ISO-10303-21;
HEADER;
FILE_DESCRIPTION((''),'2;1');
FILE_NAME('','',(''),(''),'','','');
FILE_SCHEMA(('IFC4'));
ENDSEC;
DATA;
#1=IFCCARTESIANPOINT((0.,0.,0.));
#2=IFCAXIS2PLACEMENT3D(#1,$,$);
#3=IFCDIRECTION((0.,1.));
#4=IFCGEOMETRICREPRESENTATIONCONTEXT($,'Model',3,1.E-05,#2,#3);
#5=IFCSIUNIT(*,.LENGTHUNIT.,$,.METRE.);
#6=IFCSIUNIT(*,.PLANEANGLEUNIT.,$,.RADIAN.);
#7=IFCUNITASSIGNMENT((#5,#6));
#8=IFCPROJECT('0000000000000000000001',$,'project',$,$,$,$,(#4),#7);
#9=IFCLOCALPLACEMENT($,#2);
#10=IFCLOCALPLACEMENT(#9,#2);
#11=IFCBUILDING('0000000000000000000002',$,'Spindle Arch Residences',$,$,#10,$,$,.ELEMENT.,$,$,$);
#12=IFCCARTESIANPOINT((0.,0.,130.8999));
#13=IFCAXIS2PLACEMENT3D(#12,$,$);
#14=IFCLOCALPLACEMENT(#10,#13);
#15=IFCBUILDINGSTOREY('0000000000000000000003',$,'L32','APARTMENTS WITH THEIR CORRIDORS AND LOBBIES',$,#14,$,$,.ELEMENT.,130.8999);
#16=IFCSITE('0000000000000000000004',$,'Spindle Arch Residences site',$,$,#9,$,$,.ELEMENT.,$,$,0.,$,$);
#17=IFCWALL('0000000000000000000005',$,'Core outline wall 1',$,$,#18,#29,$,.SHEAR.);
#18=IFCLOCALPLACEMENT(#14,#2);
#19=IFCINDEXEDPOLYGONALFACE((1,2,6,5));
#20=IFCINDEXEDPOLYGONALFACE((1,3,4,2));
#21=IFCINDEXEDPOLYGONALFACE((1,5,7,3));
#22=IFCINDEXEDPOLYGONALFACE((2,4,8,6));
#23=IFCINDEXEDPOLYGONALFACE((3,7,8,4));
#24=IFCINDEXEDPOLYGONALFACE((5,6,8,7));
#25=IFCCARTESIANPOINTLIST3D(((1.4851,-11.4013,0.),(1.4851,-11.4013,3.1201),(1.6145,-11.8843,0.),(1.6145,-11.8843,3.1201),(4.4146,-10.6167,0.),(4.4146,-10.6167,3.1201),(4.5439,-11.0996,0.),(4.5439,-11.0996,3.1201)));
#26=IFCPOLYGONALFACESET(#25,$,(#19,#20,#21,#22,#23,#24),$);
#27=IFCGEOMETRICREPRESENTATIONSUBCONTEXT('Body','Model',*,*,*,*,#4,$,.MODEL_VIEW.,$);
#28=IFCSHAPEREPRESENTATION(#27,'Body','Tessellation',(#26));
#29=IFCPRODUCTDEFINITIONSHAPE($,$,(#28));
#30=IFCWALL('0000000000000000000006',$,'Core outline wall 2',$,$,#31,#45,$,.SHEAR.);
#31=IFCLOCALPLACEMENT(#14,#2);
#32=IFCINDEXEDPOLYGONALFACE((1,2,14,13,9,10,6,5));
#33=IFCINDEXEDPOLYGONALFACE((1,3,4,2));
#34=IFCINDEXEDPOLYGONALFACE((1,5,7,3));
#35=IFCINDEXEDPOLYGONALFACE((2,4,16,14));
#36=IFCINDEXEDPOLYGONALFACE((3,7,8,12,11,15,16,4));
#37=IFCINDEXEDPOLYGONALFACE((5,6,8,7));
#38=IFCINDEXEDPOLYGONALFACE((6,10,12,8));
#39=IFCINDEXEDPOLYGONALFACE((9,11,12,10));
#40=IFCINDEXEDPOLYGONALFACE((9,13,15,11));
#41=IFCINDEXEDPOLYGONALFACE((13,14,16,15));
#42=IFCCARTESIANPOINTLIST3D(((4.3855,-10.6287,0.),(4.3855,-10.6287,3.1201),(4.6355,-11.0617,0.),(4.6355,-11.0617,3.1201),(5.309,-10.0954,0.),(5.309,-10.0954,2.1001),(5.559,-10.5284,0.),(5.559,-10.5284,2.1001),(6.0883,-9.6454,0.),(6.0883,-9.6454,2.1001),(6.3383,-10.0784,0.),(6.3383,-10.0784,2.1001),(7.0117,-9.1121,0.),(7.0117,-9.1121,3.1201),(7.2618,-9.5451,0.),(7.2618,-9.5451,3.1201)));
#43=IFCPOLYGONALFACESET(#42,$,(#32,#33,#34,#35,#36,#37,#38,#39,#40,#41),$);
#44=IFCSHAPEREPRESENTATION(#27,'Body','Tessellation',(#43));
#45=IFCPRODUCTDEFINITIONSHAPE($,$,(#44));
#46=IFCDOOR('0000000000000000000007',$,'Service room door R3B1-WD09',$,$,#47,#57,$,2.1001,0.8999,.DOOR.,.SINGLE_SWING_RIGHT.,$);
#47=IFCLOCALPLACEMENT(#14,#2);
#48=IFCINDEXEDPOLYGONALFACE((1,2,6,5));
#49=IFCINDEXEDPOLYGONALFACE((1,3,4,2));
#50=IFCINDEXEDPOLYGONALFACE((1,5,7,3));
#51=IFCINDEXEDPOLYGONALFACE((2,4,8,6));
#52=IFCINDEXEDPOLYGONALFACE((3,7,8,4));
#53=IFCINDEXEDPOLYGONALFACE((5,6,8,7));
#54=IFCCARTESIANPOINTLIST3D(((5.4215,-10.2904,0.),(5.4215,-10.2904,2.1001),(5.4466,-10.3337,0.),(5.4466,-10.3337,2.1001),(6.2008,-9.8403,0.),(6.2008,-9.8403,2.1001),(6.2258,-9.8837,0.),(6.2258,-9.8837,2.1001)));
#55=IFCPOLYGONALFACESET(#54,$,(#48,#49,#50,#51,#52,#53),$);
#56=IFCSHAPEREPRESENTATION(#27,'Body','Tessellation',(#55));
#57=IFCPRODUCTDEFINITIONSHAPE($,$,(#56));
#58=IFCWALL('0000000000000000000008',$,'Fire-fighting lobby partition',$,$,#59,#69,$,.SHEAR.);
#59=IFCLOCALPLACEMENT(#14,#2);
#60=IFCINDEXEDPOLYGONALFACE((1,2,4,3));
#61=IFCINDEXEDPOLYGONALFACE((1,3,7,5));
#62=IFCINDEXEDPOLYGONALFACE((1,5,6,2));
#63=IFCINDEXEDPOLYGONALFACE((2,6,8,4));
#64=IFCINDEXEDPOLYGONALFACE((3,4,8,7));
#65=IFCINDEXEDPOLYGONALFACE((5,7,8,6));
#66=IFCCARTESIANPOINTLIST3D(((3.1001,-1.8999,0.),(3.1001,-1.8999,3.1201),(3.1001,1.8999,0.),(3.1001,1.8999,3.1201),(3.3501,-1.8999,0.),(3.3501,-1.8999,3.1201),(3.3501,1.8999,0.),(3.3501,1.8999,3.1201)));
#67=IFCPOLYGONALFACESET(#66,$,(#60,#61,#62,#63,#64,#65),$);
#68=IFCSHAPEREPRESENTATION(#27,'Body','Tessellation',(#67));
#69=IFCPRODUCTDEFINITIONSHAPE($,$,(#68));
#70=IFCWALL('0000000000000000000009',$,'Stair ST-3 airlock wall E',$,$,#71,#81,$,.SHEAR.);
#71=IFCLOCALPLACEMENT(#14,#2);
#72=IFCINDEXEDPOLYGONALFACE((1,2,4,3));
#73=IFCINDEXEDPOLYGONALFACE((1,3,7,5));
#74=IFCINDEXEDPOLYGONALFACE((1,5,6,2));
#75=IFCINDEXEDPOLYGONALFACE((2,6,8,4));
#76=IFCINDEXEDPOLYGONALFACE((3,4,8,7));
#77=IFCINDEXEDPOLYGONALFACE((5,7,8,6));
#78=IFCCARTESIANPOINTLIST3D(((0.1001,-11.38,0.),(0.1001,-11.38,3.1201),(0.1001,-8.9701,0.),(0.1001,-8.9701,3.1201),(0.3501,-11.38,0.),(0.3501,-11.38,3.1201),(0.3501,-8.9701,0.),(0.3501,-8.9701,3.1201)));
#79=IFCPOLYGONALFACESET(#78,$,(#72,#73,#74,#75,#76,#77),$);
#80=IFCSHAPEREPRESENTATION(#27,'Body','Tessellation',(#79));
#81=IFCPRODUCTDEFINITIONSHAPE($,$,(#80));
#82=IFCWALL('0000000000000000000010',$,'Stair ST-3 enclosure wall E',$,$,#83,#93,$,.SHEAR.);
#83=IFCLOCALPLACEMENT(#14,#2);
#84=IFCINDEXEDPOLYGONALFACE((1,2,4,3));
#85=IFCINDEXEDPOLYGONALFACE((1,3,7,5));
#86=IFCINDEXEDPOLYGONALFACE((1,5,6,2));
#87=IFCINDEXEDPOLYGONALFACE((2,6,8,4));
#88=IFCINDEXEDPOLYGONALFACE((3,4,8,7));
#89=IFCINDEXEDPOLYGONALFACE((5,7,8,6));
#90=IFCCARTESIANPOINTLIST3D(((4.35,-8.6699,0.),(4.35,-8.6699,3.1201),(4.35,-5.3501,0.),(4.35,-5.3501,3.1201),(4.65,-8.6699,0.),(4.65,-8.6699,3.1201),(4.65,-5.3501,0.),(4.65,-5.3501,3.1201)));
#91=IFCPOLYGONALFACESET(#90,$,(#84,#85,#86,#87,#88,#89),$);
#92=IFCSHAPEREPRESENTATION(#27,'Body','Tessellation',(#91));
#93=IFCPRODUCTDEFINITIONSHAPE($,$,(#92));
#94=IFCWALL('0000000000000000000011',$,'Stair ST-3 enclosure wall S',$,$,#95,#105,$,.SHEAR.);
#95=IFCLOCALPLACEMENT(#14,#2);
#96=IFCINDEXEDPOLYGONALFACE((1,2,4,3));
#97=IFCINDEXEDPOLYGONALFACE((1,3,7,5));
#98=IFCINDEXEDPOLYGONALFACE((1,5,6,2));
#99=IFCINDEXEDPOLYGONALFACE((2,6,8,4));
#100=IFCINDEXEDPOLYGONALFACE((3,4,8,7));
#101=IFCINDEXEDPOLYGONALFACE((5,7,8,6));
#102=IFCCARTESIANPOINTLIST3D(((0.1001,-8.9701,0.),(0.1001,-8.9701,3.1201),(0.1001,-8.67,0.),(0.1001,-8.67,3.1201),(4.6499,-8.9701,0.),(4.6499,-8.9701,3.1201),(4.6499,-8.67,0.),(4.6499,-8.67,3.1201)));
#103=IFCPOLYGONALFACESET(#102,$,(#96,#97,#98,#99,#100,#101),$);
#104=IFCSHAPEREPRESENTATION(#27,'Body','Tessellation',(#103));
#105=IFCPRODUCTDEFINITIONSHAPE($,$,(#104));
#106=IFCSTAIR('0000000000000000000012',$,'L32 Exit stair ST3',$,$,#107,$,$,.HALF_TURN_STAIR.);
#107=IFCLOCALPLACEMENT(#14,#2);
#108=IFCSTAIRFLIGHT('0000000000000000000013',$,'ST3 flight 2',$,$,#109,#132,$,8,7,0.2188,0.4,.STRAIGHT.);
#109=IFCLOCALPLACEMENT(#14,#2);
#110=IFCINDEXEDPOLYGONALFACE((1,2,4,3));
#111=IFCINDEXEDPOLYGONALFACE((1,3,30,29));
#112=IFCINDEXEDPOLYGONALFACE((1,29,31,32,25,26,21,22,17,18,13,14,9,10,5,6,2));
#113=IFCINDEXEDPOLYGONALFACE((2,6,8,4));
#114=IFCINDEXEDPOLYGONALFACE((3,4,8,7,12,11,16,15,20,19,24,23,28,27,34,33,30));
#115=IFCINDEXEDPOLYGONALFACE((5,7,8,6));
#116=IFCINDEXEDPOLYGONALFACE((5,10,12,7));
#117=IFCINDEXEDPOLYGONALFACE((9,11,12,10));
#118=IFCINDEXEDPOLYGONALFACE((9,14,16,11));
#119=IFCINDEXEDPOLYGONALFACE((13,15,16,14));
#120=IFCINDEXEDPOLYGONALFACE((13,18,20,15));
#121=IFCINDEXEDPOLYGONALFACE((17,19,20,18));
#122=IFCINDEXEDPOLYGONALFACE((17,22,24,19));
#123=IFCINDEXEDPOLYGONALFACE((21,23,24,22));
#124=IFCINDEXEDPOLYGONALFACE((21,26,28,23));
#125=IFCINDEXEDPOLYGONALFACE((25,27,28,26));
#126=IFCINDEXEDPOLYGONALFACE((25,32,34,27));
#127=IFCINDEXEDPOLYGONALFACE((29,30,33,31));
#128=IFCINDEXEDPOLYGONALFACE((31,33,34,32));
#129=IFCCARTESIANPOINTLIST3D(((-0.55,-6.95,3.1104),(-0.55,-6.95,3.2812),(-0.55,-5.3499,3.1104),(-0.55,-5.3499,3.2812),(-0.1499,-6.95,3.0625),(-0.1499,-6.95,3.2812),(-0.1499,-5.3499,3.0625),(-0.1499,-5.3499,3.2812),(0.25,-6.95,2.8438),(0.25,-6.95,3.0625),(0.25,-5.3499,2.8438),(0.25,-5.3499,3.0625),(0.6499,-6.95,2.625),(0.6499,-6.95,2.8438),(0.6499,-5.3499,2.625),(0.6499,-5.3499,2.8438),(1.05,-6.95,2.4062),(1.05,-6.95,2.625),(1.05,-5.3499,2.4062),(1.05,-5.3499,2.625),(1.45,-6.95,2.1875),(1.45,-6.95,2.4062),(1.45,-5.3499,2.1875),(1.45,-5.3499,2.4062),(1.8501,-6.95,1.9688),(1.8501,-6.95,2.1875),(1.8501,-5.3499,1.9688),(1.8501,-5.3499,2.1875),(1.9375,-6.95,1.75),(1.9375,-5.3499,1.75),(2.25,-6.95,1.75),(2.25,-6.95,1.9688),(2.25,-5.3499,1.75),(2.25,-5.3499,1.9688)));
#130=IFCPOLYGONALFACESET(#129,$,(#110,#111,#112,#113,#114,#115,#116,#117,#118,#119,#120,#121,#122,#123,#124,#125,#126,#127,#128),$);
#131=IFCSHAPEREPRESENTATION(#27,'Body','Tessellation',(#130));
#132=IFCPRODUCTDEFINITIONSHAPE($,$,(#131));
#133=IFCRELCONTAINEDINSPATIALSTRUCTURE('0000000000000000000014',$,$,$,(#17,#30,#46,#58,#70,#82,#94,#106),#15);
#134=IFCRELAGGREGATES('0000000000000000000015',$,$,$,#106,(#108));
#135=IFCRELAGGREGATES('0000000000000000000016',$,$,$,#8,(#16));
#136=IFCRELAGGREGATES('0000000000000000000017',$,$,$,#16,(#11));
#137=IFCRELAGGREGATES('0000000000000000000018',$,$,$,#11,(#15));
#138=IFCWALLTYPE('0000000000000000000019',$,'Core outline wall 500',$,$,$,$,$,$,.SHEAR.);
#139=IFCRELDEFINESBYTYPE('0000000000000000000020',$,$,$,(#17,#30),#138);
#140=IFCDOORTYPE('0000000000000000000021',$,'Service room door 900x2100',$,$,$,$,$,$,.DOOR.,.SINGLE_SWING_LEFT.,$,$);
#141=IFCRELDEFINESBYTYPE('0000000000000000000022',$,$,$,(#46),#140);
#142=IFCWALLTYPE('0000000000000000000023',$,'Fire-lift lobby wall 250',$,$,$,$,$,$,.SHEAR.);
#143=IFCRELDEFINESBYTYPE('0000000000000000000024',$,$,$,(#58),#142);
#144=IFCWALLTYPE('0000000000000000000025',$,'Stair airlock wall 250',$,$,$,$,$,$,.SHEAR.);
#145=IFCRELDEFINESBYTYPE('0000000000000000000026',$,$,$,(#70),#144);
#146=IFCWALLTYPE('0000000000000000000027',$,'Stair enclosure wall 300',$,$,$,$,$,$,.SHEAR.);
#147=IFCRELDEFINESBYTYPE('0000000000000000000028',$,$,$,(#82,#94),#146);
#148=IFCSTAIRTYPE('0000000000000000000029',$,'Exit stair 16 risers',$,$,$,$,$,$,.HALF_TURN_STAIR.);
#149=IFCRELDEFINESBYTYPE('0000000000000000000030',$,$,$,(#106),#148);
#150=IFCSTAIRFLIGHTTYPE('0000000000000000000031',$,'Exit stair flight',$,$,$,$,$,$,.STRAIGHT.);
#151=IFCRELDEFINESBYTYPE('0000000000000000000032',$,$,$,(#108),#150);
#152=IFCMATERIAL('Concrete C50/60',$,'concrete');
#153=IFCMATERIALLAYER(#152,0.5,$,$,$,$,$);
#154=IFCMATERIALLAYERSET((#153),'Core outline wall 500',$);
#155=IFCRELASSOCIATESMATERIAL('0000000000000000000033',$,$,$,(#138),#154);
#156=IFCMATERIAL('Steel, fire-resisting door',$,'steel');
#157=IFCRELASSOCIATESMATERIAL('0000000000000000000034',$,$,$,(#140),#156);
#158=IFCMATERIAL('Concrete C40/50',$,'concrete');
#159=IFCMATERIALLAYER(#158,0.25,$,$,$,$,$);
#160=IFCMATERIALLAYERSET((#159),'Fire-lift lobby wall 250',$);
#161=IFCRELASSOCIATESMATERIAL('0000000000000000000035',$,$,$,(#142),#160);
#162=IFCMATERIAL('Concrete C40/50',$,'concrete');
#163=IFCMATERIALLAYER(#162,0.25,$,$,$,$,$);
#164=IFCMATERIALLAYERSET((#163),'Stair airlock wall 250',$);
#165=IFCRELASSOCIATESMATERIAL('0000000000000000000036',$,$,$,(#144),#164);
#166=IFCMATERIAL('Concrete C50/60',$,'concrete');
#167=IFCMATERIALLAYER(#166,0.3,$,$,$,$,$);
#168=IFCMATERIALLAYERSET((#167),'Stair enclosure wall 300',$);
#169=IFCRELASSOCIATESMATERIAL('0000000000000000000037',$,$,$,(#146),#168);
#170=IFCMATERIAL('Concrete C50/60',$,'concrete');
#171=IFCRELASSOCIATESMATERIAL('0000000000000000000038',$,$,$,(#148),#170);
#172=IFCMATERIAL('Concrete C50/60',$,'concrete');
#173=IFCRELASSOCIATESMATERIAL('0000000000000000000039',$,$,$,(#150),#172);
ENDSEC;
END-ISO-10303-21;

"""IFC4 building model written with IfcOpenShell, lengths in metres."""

from ifc_helpers import new_model, si_unit, direction, frame, frame_2d, origin, place, context, subcontext, project, spatial, polyline, rectangle, outline, extrude, material, layer, layer_set, type_object, element, fill, aggregate, save


model = new_model("IFC4")

# Units and contexts
model_context = context("Model", 3, precision=1e-05, world=origin(), true_north=direction((0.0, 1.0)))
body_context = subcontext(model_context, "Body", "Model", "MODEL_VIEW")
ifc_project = project(units=[si_unit("LENGTHUNIT", "METRE"), si_unit("PLANEANGLEUNIT", "RADIAN")], contexts=[model_context])

# Site, building, storey
site_placement = place(None, origin())
site = spatial("IfcSite", under=ifc_project, at=site_placement, Name="Spindle Arch Residences site", CompositionType="ELEMENT", RefElevation=0.0)
building_placement = place(site_placement, origin())
building = spatial("IfcBuilding", under=site, at=building_placement, Name="Spindle Arch Residences", CompositionType="ELEMENT")
storey_placement = place(building_placement, frame((0.0, 0.0, 130.8999)))
storey = spatial("IfcBuildingStorey", under=building, at=storey_placement, Name="L32", Description="APARTMENTS WITH THEIR CORRIDORS AND LOBBIES", CompositionType="ELEMENT", Elevation=130.8999)

# Wall
ifc_material_1 = material(Name="Concrete C50/60", Category="concrete")
ifc_layer_1 = layer(ifc_material_1, 0.5)
ifc_layer_set_1 = layer_set([ifc_layer_1], Name="Core outline wall 500")
wall_type_1 = type_object("IfcWallType", Name="Core outline wall 500", PredefinedType="SHEAR", material=ifc_layer_set_1)
wall_1_placement = place(storey_placement, frame((1.5498, -11.6428, 0.0), z_axis=(0.0, 0.0, 1.0), x_axis=(0.965948, 0.258735, 0.0)))
element("IfcWall", 1, at=wall_1_placement, inside=storey, type_object=wall_type_1, Name="Core outline wall 1", PredefinedType="SHEAR", context=body_context, shape_type="SweptSolid", body=[
    extrude(rectangle(XDim=3.0327, YDim=0.5, at=frame_2d((1.5164, 0.0))), origin(), (0.0, 0.0, 1.0), 3.1201),
])

# Wall, opening, door
wall_2_placement = place(storey_placement, frame((4.5105, -10.8452, 0.0), z_axis=(0.0, 0.0, 1.0), x_axis=(0.865975, 0.500087, 0.0)))
wall_2 = element("IfcWall", 2, at=wall_2_placement, inside=storey, type_object=wall_type_1, Name="Core outline wall 2", PredefinedType="SHEAR", context=body_context, shape_type="SweptSolid", body=[
    extrude(rectangle(XDim=3.0327, YDim=0.5, at=frame_2d((1.5164, 0.0))), origin(), (0.0, 0.0, 1.0), 3.1201),
])
opening_1_placement = place(wall_2_placement, frame((1.0664, 0.0, 0.0)))
opening_1 = element("IfcOpeningElement", 3, at=opening_1_placement, cuts=wall_2, PredefinedType="OPENING", context=body_context, shape_type="SweptSolid", body=[
    extrude(rectangle(XDim=0.8999, YDim=2.1001, at=frame_2d((0.45, 1.05))), frame((0.0, 0.26, 0.0), z_axis=(0.0, -1.0, 0.0), x_axis=(1.0, 0.0, 0.0)), (0.0, 0.0, 1.0), 0.52),
])
ifc_material_2 = material(Name="Steel, fire-resisting door", Category="steel")
door_type_1 = type_object("IfcDoorType", Name="Service room door 900x2100", OperationType="SINGLE_SWING_LEFT", PredefinedType="DOOR", material=ifc_material_2)
door_1_placement = place(opening_1_placement, origin())
door_1 = element("IfcDoor", 4, at=door_1_placement, inside=storey, type_object=door_type_1, Name="Service room door R3B1-WD09", OperationType="SINGLE_SWING_RIGHT", OverallHeight=2.1001, OverallWidth=0.8999, PredefinedType="DOOR", context=body_context, shape_type="SweptSolid", body=[
    extrude(rectangle(XDim=0.8999, YDim=2.1001, at=frame_2d((0.45, 1.05))), frame((0.0, 0.0249, 0.0), z_axis=(0.0, -1.0, 0.0), x_axis=(1.0, 0.0, 0.0)), (0.0, 0.0, 1.0), 0.05),
])
fill(opening_1, door_1)

# Wall
ifc_material_3 = material(Name="Concrete C40/50", Category="concrete")
ifc_layer_2 = layer(ifc_material_3, 0.25)
ifc_layer_set_2 = layer_set([ifc_layer_2], Name="Fire-lift lobby wall 250")
wall_type_2 = type_object("IfcWallType", Name="Fire-lift lobby wall 250", PredefinedType="SHEAR", material=ifc_layer_set_2)
wall_3_placement = place(storey_placement, frame((3.2251, -1.8999, 0.0), z_axis=(0.0, 0.0, 1.0), x_axis=(0.0, 1.0, 0.0)))
element("IfcWall", 5, at=wall_3_placement, inside=storey, type_object=wall_type_2, Name="Fire-fighting lobby partition", PredefinedType="SHEAR", context=body_context, shape_type="SweptSolid", body=[
    extrude(rectangle(XDim=3.7998, YDim=0.25, at=frame_2d((1.8999, 0.0))), origin(), (0.0, 0.0, 1.0), 3.1201),
])

# Walls
ifc_material_4 = material(Name="Concrete C40/50", Category="concrete")
ifc_layer_3 = layer(ifc_material_4, 0.25)
ifc_layer_set_3 = layer_set([ifc_layer_3], Name="Stair airlock wall 250")
wall_type_3 = type_object("IfcWallType", Name="Stair airlock wall 250", PredefinedType="SHEAR", material=ifc_layer_set_3)
wall_4_placement = place(storey_placement, frame((0.2251, -8.97, 0.0), z_axis=(0.0, 0.0, 1.0), x_axis=(0.0, -1.0, 0.0)))
element("IfcWall", 6, at=wall_4_placement, inside=storey, type_object=wall_type_3, Name="Stair ST-3 airlock wall E", PredefinedType="SHEAR", context=body_context, shape_type="SweptSolid", body=[
    extrude(rectangle(XDim=2.4099, YDim=0.25, at=frame_2d((1.2051, 0.0))), origin(), (0.0, 0.0, 1.0), 3.1201),
])
ifc_material_5 = material(Name="Concrete C50/60", Category="concrete")
ifc_layer_4 = layer(ifc_material_5, 0.3)
ifc_layer_set_4 = layer_set([ifc_layer_4], Name="Stair enclosure wall 300")
wall_type_4 = type_object("IfcWallType", Name="Stair enclosure wall 300", PredefinedType="SHEAR", material=ifc_layer_set_4)
wall_5_placement = place(storey_placement, frame((4.5, -8.6699, 0.0), z_axis=(0.0, 0.0, 1.0), x_axis=(0.0, 1.0, 0.0)))
element("IfcWall", 7, at=wall_5_placement, inside=storey, type_object=wall_type_4, Name="Stair ST-3 enclosure wall E", PredefinedType="SHEAR", context=body_context, shape_type="SweptSolid", body=[
    extrude(rectangle(XDim=3.3198, YDim=0.3, at=frame_2d((1.6599, 0.0))), origin(), (0.0, 0.0, 1.0), 3.1201),
])
wall_6_placement = place(storey_placement, frame((0.1001, -8.8201, 0.0), z_axis=(0.0, 0.0, 1.0), x_axis=(1.0, 0.0, 0.0)))
element("IfcWall", 8, at=wall_6_placement, inside=storey, type_object=wall_type_4, Name="Stair ST-3 enclosure wall S", PredefinedType="SHEAR", context=body_context, shape_type="SweptSolid", body=[
    extrude(rectangle(XDim=4.5498, YDim=0.3, at=frame_2d((2.2749, 0.0))), origin(), (0.0, 0.0, 1.0), 3.1201),
])

# Stair, stair flight
ifc_material_6 = material(Name="Concrete C50/60", Category="concrete")
stair_type = type_object("IfcStairType", Name="Exit stair 16 risers", PredefinedType="HALF_TURN_STAIR", material=ifc_material_6)
stair_placement = place(storey_placement, origin())
stair = element("IfcStair", 9, at=stair_placement, inside=storey, type_object=stair_type, Name="L32 Exit stair ST3", PredefinedType="HALF_TURN_STAIR")
ifc_material_7 = material(Name="Concrete C50/60", Category="concrete")
stair_flight_type = type_object("IfcStairFlightType", Name="Exit stair flight", PredefinedType="STRAIGHT", material=ifc_material_7)
stair_flight_placement = place(storey_placement, frame((2.25, -6.1499, 1.75), z_axis=(0.0, 0.0, 1.0), x_axis=(-1.0, 0.0, 0.0)))
stair_flight = element("IfcStairFlight", 10, at=stair_flight_placement, type_object=stair_flight_type, Name="ST3 flight 2", NumberOfRisers=8, NumberOfTreads=7, PredefinedType="STRAIGHT", RiserHeight=0.2188, TreadLength=0.4, context=body_context, shape_type="SweptSolid", body=[
    extrude(outline(polyline([(0.0, 0.0), (0.0, 0.2188), (0.3999, 0.2188), (0.3999, 0.4375), (0.8, 0.4375), (0.8, 0.6562), (1.2, 0.6562), (1.2, 0.875), (1.6001, 0.875), (1.6001, 1.0938), (2.0, 1.0938), (2.0, 1.3125), (2.3999, 1.3125), (2.3999, 1.5312), (2.8, 1.5312), (2.8, 1.75), (2.8, 1.3604), (0.3125, 0.0), (0.0, 0.0)])), frame((0.0, 0.8, 0.0), z_axis=(0.0, -1.0, 0.0), x_axis=(1.0, 0.0, 0.0)), (0.0, 0.0, 1.0), 1.6001),
])
aggregate(stair, [stair_flight])

save(model, "model.ifc")
